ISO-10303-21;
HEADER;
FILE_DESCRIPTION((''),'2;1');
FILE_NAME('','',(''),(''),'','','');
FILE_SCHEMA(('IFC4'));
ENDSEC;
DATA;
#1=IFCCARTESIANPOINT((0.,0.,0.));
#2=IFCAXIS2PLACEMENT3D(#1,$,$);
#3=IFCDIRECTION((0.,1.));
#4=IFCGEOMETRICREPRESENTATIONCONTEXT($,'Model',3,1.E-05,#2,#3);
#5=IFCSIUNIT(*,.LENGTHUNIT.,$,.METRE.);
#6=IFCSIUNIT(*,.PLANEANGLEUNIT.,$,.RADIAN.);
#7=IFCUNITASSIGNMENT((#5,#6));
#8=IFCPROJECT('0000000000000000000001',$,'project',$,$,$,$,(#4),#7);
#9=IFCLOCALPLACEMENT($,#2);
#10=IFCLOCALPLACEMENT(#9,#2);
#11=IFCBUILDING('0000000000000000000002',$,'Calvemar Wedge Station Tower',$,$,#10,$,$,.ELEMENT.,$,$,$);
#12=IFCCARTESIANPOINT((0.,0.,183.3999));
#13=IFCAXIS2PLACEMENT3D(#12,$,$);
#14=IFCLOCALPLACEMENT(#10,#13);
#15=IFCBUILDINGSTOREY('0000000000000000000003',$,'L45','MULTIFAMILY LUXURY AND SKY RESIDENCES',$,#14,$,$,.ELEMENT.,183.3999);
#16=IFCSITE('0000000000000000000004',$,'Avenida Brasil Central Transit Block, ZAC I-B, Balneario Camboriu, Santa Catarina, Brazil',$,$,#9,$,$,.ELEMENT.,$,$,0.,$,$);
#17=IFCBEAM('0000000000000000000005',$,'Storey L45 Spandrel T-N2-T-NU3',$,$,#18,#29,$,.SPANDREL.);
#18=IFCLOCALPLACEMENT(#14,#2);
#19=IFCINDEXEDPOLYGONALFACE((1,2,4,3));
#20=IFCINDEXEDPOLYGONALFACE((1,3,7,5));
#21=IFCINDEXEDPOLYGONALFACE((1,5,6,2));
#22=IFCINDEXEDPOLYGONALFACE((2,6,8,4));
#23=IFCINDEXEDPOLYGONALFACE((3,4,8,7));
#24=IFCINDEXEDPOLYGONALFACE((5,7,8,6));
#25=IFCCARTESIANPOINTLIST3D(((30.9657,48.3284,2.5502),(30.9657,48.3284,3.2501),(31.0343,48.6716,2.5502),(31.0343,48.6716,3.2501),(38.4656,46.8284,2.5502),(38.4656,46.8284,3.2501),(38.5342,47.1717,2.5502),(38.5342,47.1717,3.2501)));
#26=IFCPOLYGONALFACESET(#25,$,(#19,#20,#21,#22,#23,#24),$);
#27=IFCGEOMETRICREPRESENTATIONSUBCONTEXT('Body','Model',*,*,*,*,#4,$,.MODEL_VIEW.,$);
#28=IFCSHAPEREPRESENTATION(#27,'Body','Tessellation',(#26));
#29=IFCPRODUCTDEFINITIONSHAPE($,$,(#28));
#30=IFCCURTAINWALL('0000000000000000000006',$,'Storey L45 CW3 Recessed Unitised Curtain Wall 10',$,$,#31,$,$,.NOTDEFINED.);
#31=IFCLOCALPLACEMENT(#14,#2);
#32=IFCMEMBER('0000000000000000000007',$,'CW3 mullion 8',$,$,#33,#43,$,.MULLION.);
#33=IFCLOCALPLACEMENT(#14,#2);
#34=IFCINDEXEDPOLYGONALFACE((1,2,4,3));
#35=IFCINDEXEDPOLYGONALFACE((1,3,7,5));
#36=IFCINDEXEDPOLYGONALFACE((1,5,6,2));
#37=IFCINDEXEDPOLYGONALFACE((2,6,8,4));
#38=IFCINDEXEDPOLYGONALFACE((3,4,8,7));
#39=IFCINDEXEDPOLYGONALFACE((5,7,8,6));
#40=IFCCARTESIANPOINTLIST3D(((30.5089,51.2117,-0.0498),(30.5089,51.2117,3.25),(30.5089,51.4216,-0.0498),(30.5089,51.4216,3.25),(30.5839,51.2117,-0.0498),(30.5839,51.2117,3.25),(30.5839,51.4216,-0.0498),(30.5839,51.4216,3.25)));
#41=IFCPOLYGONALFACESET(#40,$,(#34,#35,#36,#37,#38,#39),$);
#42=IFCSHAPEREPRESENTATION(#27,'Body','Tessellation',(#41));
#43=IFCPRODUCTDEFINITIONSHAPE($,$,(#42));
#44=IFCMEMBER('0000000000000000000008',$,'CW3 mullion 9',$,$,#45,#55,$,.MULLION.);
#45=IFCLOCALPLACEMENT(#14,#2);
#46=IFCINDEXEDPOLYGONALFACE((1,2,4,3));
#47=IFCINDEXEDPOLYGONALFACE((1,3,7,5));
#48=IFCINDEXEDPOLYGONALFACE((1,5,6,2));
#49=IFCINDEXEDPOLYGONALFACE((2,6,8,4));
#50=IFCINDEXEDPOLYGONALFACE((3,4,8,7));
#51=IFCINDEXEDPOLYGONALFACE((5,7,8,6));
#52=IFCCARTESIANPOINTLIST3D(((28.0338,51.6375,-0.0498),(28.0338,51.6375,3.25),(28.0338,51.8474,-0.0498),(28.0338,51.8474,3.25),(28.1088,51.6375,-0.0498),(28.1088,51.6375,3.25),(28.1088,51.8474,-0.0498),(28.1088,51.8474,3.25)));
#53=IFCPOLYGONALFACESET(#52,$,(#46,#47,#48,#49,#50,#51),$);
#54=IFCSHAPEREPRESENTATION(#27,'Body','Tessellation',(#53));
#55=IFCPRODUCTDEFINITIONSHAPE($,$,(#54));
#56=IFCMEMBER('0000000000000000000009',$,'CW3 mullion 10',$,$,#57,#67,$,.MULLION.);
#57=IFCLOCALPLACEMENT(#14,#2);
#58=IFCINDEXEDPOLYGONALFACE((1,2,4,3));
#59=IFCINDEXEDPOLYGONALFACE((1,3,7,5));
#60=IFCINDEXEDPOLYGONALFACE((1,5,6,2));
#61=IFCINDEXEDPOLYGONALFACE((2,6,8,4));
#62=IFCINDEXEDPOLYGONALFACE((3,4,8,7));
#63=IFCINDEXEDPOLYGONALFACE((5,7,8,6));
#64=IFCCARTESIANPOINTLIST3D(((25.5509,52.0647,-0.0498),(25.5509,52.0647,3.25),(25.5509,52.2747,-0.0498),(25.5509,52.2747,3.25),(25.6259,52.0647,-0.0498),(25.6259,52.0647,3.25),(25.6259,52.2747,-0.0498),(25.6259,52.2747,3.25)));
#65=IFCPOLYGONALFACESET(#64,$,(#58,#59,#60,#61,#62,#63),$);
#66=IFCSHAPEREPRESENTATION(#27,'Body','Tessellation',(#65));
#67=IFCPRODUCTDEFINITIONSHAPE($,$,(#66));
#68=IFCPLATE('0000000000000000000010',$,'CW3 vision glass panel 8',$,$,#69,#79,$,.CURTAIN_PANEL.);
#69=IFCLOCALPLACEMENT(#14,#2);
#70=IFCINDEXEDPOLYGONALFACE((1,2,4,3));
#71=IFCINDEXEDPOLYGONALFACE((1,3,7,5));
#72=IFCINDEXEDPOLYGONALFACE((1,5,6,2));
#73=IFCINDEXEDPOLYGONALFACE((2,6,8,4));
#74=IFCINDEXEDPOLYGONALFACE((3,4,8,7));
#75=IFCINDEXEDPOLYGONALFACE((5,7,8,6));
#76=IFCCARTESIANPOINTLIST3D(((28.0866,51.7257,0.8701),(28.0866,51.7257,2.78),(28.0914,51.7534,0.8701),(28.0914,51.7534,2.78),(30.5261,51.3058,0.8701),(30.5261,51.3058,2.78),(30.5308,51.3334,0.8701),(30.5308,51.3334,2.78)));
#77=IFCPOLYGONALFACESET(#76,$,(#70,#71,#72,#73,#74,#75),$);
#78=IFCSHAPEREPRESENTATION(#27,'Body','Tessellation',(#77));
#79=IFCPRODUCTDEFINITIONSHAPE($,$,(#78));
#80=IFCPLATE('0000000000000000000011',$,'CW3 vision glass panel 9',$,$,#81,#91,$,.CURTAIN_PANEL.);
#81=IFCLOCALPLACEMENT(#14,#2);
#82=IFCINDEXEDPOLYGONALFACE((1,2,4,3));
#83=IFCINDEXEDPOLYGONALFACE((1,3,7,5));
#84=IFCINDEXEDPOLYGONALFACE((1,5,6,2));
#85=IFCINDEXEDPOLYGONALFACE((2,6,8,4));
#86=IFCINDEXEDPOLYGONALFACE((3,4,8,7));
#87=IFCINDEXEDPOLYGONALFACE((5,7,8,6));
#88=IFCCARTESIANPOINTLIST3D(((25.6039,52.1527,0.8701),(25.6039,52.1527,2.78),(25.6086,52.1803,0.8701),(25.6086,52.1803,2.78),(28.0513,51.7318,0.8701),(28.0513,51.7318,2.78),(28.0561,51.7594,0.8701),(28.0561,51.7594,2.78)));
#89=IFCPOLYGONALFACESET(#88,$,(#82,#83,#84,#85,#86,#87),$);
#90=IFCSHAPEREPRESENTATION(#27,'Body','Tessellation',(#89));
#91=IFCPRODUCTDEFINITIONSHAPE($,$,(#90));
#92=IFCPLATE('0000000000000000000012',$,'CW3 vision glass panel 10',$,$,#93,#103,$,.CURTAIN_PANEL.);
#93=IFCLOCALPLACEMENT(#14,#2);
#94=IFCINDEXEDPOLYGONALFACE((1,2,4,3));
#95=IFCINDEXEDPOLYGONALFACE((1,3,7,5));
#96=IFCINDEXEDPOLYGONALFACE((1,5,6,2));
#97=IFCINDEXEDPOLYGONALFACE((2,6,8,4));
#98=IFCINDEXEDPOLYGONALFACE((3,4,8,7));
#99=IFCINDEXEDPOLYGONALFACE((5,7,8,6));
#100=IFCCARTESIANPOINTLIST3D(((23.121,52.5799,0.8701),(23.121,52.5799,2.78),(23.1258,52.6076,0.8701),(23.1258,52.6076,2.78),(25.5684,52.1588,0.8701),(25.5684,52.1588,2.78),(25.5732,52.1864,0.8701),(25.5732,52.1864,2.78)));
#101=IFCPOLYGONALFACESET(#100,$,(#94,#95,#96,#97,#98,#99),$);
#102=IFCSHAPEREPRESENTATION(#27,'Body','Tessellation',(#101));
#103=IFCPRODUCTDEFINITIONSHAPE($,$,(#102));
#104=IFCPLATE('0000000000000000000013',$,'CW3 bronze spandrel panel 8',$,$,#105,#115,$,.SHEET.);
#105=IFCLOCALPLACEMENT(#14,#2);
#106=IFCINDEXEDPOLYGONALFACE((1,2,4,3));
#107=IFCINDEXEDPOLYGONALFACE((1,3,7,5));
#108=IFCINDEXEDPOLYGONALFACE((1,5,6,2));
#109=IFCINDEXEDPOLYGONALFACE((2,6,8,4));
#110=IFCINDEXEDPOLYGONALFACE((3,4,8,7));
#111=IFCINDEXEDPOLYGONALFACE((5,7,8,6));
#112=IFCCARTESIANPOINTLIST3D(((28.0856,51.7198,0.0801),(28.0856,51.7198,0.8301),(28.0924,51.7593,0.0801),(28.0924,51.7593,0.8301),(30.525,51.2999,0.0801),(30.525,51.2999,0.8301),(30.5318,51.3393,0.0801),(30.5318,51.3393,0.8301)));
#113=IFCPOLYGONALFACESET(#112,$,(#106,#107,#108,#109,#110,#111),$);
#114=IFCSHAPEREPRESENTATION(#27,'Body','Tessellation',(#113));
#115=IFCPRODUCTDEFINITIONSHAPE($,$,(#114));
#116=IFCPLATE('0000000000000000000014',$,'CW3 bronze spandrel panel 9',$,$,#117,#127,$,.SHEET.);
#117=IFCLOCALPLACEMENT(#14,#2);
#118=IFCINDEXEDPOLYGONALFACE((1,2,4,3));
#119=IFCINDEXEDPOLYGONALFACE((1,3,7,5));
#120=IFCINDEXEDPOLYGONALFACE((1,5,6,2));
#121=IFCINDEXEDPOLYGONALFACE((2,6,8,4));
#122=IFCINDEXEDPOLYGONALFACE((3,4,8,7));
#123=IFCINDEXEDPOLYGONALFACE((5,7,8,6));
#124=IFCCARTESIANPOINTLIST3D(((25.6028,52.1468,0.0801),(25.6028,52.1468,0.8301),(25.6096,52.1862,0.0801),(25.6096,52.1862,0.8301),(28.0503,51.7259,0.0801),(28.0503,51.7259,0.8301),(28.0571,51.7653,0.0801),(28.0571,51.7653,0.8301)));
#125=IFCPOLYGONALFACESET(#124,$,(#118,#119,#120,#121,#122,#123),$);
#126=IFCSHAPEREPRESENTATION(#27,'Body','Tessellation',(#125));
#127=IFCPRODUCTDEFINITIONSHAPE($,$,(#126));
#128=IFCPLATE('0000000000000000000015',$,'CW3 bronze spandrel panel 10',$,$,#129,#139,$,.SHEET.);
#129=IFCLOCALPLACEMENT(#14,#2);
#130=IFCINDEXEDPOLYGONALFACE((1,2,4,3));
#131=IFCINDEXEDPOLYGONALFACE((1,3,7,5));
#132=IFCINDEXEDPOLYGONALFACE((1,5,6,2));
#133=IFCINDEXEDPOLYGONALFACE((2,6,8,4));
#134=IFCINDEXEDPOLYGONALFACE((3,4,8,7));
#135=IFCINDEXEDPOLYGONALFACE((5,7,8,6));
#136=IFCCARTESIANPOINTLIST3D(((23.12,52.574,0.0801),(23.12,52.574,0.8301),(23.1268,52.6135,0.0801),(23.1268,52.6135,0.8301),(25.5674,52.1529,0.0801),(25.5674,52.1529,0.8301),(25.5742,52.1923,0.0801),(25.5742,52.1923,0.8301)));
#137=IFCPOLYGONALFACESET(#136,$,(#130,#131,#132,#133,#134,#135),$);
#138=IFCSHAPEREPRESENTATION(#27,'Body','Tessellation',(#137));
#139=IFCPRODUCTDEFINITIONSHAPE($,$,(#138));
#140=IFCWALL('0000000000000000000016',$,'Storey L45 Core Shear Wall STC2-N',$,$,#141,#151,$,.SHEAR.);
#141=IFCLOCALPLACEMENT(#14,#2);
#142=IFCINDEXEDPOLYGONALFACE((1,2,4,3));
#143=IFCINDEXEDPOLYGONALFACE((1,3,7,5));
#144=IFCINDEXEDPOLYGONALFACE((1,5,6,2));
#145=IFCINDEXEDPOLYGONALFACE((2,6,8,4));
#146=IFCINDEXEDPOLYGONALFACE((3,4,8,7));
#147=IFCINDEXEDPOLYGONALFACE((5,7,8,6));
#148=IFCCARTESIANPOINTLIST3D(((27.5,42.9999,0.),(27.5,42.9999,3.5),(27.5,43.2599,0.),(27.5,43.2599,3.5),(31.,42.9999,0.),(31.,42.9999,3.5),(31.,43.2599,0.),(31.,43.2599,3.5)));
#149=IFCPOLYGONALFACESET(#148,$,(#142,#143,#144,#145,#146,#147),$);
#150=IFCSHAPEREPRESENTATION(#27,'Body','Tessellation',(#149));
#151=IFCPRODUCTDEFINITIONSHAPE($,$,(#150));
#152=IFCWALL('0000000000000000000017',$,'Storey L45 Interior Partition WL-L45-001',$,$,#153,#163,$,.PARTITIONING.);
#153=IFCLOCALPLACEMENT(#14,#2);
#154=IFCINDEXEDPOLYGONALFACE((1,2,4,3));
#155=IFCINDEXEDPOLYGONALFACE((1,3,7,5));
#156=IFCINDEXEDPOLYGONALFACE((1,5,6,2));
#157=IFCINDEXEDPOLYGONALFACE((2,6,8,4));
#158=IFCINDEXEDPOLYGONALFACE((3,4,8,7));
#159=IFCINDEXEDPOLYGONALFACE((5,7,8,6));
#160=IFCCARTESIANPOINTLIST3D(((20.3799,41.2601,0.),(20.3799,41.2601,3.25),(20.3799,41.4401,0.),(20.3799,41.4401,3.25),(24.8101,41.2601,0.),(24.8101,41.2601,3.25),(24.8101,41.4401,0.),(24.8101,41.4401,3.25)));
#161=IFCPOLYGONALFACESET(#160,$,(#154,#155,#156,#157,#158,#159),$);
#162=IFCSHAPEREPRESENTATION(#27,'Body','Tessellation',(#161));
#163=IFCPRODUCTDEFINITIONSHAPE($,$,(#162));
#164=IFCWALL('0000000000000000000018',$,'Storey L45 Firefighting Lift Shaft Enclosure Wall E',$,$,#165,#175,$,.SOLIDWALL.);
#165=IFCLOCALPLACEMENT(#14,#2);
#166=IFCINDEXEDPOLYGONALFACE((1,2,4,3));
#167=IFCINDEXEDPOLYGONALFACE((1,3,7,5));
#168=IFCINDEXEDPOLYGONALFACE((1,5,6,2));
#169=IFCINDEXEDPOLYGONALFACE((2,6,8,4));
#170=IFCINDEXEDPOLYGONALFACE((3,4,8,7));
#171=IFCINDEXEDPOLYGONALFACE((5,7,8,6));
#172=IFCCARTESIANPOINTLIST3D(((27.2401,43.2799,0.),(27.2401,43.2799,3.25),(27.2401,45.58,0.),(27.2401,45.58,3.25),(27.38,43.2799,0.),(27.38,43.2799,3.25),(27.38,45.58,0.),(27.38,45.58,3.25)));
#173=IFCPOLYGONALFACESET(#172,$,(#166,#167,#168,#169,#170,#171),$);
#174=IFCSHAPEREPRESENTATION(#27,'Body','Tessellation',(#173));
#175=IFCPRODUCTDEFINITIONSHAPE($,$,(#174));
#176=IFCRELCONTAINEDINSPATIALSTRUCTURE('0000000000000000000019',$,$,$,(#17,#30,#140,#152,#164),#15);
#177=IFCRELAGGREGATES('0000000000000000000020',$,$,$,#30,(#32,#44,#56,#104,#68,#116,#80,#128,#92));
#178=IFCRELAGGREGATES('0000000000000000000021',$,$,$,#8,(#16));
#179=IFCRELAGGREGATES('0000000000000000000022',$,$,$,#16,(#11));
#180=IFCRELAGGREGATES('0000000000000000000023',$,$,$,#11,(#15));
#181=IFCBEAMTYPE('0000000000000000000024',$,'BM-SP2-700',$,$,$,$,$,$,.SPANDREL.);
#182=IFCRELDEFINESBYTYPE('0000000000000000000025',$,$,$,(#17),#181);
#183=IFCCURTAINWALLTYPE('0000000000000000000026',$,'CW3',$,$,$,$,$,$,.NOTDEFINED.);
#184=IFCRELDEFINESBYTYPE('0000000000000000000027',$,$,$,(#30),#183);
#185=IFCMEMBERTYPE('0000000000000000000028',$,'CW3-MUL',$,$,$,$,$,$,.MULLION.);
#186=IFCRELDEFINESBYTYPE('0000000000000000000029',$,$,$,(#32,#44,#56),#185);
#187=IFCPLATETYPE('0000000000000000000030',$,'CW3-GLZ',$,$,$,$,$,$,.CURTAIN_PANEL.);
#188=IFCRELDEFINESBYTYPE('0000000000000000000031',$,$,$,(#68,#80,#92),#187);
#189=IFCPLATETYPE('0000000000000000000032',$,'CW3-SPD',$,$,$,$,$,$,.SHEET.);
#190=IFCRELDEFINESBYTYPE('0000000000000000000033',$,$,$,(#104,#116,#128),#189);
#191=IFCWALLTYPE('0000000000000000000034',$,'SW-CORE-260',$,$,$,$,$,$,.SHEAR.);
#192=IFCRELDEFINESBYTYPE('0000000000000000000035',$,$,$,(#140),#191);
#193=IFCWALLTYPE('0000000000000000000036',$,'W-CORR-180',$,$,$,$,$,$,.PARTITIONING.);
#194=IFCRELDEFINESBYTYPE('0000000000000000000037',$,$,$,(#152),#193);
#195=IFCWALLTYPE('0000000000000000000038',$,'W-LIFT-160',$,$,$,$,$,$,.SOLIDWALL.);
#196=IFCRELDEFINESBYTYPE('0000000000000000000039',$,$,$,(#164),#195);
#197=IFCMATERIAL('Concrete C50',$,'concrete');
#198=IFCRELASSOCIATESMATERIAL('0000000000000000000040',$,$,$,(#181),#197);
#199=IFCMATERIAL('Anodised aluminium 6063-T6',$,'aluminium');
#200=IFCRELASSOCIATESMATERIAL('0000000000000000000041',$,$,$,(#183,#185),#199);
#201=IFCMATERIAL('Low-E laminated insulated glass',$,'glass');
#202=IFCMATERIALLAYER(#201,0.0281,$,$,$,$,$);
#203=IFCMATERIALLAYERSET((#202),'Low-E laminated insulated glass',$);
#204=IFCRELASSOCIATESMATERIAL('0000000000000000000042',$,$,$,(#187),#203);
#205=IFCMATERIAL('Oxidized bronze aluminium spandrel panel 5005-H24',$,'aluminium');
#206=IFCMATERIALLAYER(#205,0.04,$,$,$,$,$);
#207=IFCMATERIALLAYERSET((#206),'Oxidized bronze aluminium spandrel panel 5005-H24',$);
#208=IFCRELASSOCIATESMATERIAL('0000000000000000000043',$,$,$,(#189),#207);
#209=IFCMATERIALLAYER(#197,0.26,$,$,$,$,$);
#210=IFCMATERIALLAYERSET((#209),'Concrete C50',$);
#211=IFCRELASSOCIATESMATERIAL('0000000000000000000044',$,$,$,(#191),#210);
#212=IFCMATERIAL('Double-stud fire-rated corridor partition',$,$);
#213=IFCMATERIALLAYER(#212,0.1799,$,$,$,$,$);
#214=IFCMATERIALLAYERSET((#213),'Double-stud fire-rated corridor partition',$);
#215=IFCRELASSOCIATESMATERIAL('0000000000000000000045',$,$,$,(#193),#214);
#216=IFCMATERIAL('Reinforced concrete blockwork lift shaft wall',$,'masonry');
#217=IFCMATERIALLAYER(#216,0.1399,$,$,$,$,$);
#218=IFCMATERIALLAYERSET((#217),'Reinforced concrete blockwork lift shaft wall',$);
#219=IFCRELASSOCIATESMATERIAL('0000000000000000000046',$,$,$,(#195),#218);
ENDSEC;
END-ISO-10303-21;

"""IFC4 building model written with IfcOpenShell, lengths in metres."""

from ifc_helpers import new_model, si_unit, direction, frame, frame_2d, origin, origin_2d, place, context, subcontext, project, spatial, rectangle, extrude, source, transform, mapped, material, layer, layer_set, material_profile, profile_set, type_object, element, aggregate, save


model = new_model("IFC4")

# Units and contexts
model_context = context("Model", 3, precision=1e-05, world=origin(), true_north=direction((0.0, 1.0)))
body_context = subcontext(model_context, "Body", "Model", "MODEL_VIEW")
ifc_project = project(units=[si_unit("LENGTHUNIT", "METRE"), si_unit("PLANEANGLEUNIT", "RADIAN")], contexts=[model_context])

# Site, building, storey
site_placement = place(None, origin())
site = spatial("IfcSite", under=ifc_project, at=site_placement, Name="Avenida Brasil Central Transit Block, ZAC I-B, Balneario Camboriu, Santa Catarina, Brazil", CompositionType="ELEMENT", RefElevation=0.0)
building_placement = place(site_placement, origin())
building = spatial("IfcBuilding", under=site, at=building_placement, Name="Calvemar Wedge Station Tower", CompositionType="ELEMENT")
storey_placement = place(building_placement, frame((0.0, 0.0, 183.3999)))
storey = spatial("IfcBuildingStorey", under=building, at=storey_placement, Name="L45", Description="MULTIFAMILY LUXURY AND SKY RESIDENCES", CompositionType="ELEMENT", Elevation=183.3999)

# Shared definitions
ifc_material_1 = material(Name="Concrete C50", Category="concrete")

# Beam
ifc_material_profile_1 = material_profile(ifc_material_1, rectangle(XDim=0.3501, YDim=0.7, at=origin_2d()), Name="RC350x700")
ifc_profile_set_1 = profile_set([ifc_material_profile_1], Name="Concrete C50")
beam_type_1 = type_object("IfcBeamType", Name="BM-SP2-700", PredefinedType="SPANDREL", material=ifc_profile_set_1)
shared_shape_1 = source(origin(), body_context, "Body", "SweptSolid", [
    extrude(rectangle(XDim=0.3501, YDim=0.7, at=origin_2d()), origin(), (0.0, 0.0, 1.0), 7.6484),
])
beam_1_placement = place(storey_placement, frame((31.0, 48.5, 2.9001), z_axis=(0.980581, -0.196116, 0.0), x_axis=(0.196116, 0.980581, 0.0)))
element("IfcBeam", 1, at=beam_1_placement, inside=storey, type_object=beam_type_1, Name="Storey L45 Spandrel T-N2-T-NU3", PredefinedType="SPANDREL", context=body_context, shape_type="MappedRepresentation", body=[
    mapped(shared_shape_1, transform((0.0, 0.0, 0.0), scale=1.0)),
])

# Curtain wall, members, plates
ifc_material_2 = material(Name="Anodised aluminium 6063-T6", Category="aluminium")
curtain_wall_type = type_object("IfcCurtainWallType", Name="CW3", PredefinedType="NOTDEFINED", material=ifc_material_2)
curtain_wall_placement = place(storey_placement, origin())
curtain_wall = element("IfcCurtainWall", 2, at=curtain_wall_placement, inside=storey, type_object=curtain_wall_type, Name="Storey L45 CW3 Recessed Unitised Curtain Wall 10", PredefinedType="NOTDEFINED")
ifc_material_profile_2 = material_profile(ifc_material_2, rectangle(XDim=0.075, YDim=0.21, at=origin_2d()), Name="AL-MUL-75x210")
ifc_profile_set_2 = profile_set([ifc_material_profile_2], Name="Anodised aluminium 6063-T6")
member_type = type_object("IfcMemberType", Name="CW3-MUL", PredefinedType="MULLION", material=ifc_profile_set_2)
shared_shape_2 = source(origin(), body_context, "Body", "SweptSolid", [
    extrude(rectangle(XDim=0.075, YDim=0.21, at=origin_2d()), origin(), (0.0, 0.0, 1.0), 3.2998),
])
member_1_placement = place(storey_placement, frame((30.5464, 51.3167, -0.0498), z_axis=(0.0, 0.0, 1.0), x_axis=(1.0, 0.0, 0.0)))
member_1 = element("IfcMember", 3, at=member_1_placement, type_object=member_type, Name="CW3 mullion 8", PredefinedType="MULLION", context=body_context, shape_type="MappedRepresentation", body=[
    mapped(shared_shape_2, transform((0.0, 0.0, 0.0), scale=1.0)),
])
member_2_placement = place(storey_placement, frame((28.0713, 51.7424, -0.0498), z_axis=(0.0, 0.0, 1.0), x_axis=(1.0, 0.0, 0.0)))
member_2 = element("IfcMember", 4, at=member_2_placement, type_object=member_type, Name="CW3 mullion 9", PredefinedType="MULLION", context=body_context, shape_type="MappedRepresentation", body=[
    mapped(shared_shape_2, transform((0.0, 0.0, 0.0), scale=1.0)),
])
member_3_placement = place(storey_placement, frame((25.5884, 52.1697, -0.0498), z_axis=(0.0, 0.0, 1.0), x_axis=(1.0, 0.0, 0.0)))
member_3 = element("IfcMember", 5, at=member_3_placement, type_object=member_type, Name="CW3 mullion 10", PredefinedType="MULLION", context=body_context, shape_type="MappedRepresentation", body=[
    mapped(shared_shape_2, transform((0.0, 0.0, 0.0), scale=1.0)),
])
ifc_material_3 = material(Name="Low-E laminated insulated glass", Category="glass")
ifc_layer_1 = layer(ifc_material_3, 0.0281)
ifc_layer_set_1 = layer_set([ifc_layer_1], Name="Low-E laminated insulated glass")
plate_type_1 = type_object("IfcPlateType", Name="CW3-GLZ", PredefinedType="CURTAIN_PANEL", material=ifc_layer_set_1)
plate_1_placement = place(storey_placement, frame((30.5286, 51.3196, 0.8701), z_axis=(0.0, 0.0, 1.0), x_axis=(-0.985506, 0.169643, 0.0)))
plate_1 = element("IfcPlate", 6, at=plate_1_placement, type_object=plate_type_1, Name="CW3 vision glass panel 8", PredefinedType="CURTAIN_PANEL", context=body_context, shape_type="SweptSolid", body=[
    extrude(rectangle(XDim=2.4753, YDim=0.0281, at=frame_2d((1.2378, 0.0))), origin(), (0.0, 0.0, 1.0), 1.9099),
])
plate_2_placement = place(storey_placement, frame((28.0537, 51.7456, 0.8701), z_axis=(0.0, 0.0, 1.0), x_axis=(-0.985533, 0.169482, 0.0)))
plate_2 = element("IfcPlate", 7, at=plate_2_placement, type_object=plate_type_1, Name="CW3 vision glass panel 9", PredefinedType="CURTAIN_PANEL", context=body_context, shape_type="SweptSolid", body=[
    extrude(rectangle(XDim=2.4834, YDim=0.0281, at=frame_2d((1.2417, 0.0))), origin(), (0.0, 0.0, 1.0), 1.9099),
])
plate_3_placement = place(storey_placement, frame((25.5708, 52.1726, 0.8701), z_axis=(0.0, 0.0, 1.0), x_axis=(-0.985517, 0.169578, 0.0)))
plate_3 = element("IfcPlate", 8, at=plate_3_placement, type_object=plate_type_1, Name="CW3 vision glass panel 10", PredefinedType="CURTAIN_PANEL", context=body_context, shape_type="SweptSolid", body=[
    extrude(rectangle(XDim=2.4834, YDim=0.0281, at=frame_2d((1.2417, 0.0))), origin(), (0.0, 0.0, 1.0), 1.9099),
])
ifc_material_4 = material(Name="Oxidized bronze aluminium spandrel panel 5005-H24", Category="aluminium")
ifc_layer_2 = layer(ifc_material_4, 0.04)
ifc_layer_set_2 = layer_set([ifc_layer_2], Name="Oxidized bronze aluminium spandrel panel 5005-H24")
plate_type_2 = type_object("IfcPlateType", Name="CW3-SPD", PredefinedType="SHEET", material=ifc_layer_set_2)
plate_4_placement = place(storey_placement, frame((30.5286, 51.3196, 0.0801), z_axis=(0.0, 0.0, 1.0), x_axis=(-0.985506, 0.169643, 0.0)))
plate_4 = element("IfcPlate", 9, at=plate_4_placement, type_object=plate_type_2, Name="CW3 bronze spandrel panel 8", PredefinedType="SHEET", context=body_context, shape_type="SweptSolid", body=[
    extrude(rectangle(XDim=2.4753, YDim=0.04, at=frame_2d((1.2378, 0.0))), origin(), (0.0, 0.0, 1.0), 0.75),
])
plate_5_placement = place(storey_placement, frame((28.0537, 51.7456, 0.0801), z_axis=(0.0, 0.0, 1.0), x_axis=(-0.985533, 0.169482, 0.0)))
plate_5 = element("IfcPlate", 10, at=plate_5_placement, type_object=plate_type_2, Name="CW3 bronze spandrel panel 9", PredefinedType="SHEET", context=body_context, shape_type="SweptSolid", body=[
    extrude(rectangle(XDim=2.4834, YDim=0.04, at=frame_2d((1.2417, 0.0))), origin(), (0.0, 0.0, 1.0), 0.75),
])
plate_6_placement = place(storey_placement, frame((25.5708, 52.1726, 0.0801), z_axis=(0.0, 0.0, 1.0), x_axis=(-0.985517, 0.169578, 0.0)))
plate_6 = element("IfcPlate", 11, at=plate_6_placement, type_object=plate_type_2, Name="CW3 bronze spandrel panel 10", PredefinedType="SHEET", context=body_context, shape_type="SweptSolid", body=[
    extrude(rectangle(XDim=2.4834, YDim=0.04, at=frame_2d((1.2417, 0.0))), origin(), (0.0, 0.0, 1.0), 0.75),
])
aggregate(curtain_wall, [member_1, member_2, member_3, plate_4, plate_1, plate_5, plate_2, plate_6, plate_3])

# Walls
ifc_layer_3 = layer(ifc_material_1, 0.26)
ifc_layer_set_3 = layer_set([ifc_layer_3], Name="Concrete C50")
wall_type_1 = type_object("IfcWallType", Name="SW-CORE-260", PredefinedType="SHEAR", material=ifc_layer_set_3)
wall_1_placement = place(storey_placement, frame((27.5, 43.1299, 0.0), z_axis=(0.0, 0.0, 1.0), x_axis=(1.0, 0.0, 0.0)))
element("IfcWall", 12, at=wall_1_placement, inside=storey, type_object=wall_type_1, Name="Storey L45 Core Shear Wall STC2-N", PredefinedType="SHEAR", context=body_context, shape_type="SweptSolid", body=[
    extrude(rectangle(XDim=3.5, YDim=0.26, at=frame_2d((1.75, 0.0))), origin(), (0.0, 0.0, 1.0), 3.5),
])
ifc_material_5 = material(Name="Double-stud fire-rated corridor partition")
ifc_layer_4 = layer(ifc_material_5, 0.1799)
ifc_layer_set_4 = layer_set([ifc_layer_4], Name="Double-stud fire-rated corridor partition")
wall_type_2 = type_object("IfcWallType", Name="W-CORR-180", PredefinedType="PARTITIONING", material=ifc_layer_set_4)
wall_2_placement = place(storey_placement, frame((24.8101, 41.3501, 0.0), z_axis=(0.0, 0.0, 1.0), x_axis=(-1.0, 0.0, 0.0)))
element("IfcWall", 13, at=wall_2_placement, inside=storey, type_object=wall_type_2, Name="Storey L45 Interior Partition WL-L45-001", PredefinedType="PARTITIONING", context=body_context, shape_type="SweptSolid", body=[
    extrude(rectangle(XDim=4.4302, YDim=0.1799, at=frame_2d((2.2151, 0.0))), origin(), (0.0, 0.0, 1.0), 3.25),
])

# Wall
ifc_material_6 = material(Name="Reinforced concrete blockwork lift shaft wall", Category="masonry")
ifc_layer_5 = layer(ifc_material_6, 0.1399)
ifc_layer_set_5 = layer_set([ifc_layer_5], Name="Reinforced concrete blockwork lift shaft wall")
wall_type_3 = type_object("IfcWallType", Name="W-LIFT-160", PredefinedType="SOLIDWALL", material=ifc_layer_set_5)
wall_3_placement = place(storey_placement, frame((27.3101, 43.28, 0.0), z_axis=(0.0, 0.0, 1.0), x_axis=(0.0, 1.0, 0.0)))
element("IfcWall", 14, at=wall_3_placement, inside=storey, type_object=wall_type_3, Name="Storey L45 Firefighting Lift Shaft Enclosure Wall E", PredefinedType="SOLIDWALL", context=body_context, shape_type="SweptSolid", body=[
    extrude(rectangle(XDim=2.3, YDim=0.1399, at=frame_2d((1.1499, 0.0))), origin(), (0.0, 0.0, 1.0), 3.25),
])

save(model, "model.ifc")
